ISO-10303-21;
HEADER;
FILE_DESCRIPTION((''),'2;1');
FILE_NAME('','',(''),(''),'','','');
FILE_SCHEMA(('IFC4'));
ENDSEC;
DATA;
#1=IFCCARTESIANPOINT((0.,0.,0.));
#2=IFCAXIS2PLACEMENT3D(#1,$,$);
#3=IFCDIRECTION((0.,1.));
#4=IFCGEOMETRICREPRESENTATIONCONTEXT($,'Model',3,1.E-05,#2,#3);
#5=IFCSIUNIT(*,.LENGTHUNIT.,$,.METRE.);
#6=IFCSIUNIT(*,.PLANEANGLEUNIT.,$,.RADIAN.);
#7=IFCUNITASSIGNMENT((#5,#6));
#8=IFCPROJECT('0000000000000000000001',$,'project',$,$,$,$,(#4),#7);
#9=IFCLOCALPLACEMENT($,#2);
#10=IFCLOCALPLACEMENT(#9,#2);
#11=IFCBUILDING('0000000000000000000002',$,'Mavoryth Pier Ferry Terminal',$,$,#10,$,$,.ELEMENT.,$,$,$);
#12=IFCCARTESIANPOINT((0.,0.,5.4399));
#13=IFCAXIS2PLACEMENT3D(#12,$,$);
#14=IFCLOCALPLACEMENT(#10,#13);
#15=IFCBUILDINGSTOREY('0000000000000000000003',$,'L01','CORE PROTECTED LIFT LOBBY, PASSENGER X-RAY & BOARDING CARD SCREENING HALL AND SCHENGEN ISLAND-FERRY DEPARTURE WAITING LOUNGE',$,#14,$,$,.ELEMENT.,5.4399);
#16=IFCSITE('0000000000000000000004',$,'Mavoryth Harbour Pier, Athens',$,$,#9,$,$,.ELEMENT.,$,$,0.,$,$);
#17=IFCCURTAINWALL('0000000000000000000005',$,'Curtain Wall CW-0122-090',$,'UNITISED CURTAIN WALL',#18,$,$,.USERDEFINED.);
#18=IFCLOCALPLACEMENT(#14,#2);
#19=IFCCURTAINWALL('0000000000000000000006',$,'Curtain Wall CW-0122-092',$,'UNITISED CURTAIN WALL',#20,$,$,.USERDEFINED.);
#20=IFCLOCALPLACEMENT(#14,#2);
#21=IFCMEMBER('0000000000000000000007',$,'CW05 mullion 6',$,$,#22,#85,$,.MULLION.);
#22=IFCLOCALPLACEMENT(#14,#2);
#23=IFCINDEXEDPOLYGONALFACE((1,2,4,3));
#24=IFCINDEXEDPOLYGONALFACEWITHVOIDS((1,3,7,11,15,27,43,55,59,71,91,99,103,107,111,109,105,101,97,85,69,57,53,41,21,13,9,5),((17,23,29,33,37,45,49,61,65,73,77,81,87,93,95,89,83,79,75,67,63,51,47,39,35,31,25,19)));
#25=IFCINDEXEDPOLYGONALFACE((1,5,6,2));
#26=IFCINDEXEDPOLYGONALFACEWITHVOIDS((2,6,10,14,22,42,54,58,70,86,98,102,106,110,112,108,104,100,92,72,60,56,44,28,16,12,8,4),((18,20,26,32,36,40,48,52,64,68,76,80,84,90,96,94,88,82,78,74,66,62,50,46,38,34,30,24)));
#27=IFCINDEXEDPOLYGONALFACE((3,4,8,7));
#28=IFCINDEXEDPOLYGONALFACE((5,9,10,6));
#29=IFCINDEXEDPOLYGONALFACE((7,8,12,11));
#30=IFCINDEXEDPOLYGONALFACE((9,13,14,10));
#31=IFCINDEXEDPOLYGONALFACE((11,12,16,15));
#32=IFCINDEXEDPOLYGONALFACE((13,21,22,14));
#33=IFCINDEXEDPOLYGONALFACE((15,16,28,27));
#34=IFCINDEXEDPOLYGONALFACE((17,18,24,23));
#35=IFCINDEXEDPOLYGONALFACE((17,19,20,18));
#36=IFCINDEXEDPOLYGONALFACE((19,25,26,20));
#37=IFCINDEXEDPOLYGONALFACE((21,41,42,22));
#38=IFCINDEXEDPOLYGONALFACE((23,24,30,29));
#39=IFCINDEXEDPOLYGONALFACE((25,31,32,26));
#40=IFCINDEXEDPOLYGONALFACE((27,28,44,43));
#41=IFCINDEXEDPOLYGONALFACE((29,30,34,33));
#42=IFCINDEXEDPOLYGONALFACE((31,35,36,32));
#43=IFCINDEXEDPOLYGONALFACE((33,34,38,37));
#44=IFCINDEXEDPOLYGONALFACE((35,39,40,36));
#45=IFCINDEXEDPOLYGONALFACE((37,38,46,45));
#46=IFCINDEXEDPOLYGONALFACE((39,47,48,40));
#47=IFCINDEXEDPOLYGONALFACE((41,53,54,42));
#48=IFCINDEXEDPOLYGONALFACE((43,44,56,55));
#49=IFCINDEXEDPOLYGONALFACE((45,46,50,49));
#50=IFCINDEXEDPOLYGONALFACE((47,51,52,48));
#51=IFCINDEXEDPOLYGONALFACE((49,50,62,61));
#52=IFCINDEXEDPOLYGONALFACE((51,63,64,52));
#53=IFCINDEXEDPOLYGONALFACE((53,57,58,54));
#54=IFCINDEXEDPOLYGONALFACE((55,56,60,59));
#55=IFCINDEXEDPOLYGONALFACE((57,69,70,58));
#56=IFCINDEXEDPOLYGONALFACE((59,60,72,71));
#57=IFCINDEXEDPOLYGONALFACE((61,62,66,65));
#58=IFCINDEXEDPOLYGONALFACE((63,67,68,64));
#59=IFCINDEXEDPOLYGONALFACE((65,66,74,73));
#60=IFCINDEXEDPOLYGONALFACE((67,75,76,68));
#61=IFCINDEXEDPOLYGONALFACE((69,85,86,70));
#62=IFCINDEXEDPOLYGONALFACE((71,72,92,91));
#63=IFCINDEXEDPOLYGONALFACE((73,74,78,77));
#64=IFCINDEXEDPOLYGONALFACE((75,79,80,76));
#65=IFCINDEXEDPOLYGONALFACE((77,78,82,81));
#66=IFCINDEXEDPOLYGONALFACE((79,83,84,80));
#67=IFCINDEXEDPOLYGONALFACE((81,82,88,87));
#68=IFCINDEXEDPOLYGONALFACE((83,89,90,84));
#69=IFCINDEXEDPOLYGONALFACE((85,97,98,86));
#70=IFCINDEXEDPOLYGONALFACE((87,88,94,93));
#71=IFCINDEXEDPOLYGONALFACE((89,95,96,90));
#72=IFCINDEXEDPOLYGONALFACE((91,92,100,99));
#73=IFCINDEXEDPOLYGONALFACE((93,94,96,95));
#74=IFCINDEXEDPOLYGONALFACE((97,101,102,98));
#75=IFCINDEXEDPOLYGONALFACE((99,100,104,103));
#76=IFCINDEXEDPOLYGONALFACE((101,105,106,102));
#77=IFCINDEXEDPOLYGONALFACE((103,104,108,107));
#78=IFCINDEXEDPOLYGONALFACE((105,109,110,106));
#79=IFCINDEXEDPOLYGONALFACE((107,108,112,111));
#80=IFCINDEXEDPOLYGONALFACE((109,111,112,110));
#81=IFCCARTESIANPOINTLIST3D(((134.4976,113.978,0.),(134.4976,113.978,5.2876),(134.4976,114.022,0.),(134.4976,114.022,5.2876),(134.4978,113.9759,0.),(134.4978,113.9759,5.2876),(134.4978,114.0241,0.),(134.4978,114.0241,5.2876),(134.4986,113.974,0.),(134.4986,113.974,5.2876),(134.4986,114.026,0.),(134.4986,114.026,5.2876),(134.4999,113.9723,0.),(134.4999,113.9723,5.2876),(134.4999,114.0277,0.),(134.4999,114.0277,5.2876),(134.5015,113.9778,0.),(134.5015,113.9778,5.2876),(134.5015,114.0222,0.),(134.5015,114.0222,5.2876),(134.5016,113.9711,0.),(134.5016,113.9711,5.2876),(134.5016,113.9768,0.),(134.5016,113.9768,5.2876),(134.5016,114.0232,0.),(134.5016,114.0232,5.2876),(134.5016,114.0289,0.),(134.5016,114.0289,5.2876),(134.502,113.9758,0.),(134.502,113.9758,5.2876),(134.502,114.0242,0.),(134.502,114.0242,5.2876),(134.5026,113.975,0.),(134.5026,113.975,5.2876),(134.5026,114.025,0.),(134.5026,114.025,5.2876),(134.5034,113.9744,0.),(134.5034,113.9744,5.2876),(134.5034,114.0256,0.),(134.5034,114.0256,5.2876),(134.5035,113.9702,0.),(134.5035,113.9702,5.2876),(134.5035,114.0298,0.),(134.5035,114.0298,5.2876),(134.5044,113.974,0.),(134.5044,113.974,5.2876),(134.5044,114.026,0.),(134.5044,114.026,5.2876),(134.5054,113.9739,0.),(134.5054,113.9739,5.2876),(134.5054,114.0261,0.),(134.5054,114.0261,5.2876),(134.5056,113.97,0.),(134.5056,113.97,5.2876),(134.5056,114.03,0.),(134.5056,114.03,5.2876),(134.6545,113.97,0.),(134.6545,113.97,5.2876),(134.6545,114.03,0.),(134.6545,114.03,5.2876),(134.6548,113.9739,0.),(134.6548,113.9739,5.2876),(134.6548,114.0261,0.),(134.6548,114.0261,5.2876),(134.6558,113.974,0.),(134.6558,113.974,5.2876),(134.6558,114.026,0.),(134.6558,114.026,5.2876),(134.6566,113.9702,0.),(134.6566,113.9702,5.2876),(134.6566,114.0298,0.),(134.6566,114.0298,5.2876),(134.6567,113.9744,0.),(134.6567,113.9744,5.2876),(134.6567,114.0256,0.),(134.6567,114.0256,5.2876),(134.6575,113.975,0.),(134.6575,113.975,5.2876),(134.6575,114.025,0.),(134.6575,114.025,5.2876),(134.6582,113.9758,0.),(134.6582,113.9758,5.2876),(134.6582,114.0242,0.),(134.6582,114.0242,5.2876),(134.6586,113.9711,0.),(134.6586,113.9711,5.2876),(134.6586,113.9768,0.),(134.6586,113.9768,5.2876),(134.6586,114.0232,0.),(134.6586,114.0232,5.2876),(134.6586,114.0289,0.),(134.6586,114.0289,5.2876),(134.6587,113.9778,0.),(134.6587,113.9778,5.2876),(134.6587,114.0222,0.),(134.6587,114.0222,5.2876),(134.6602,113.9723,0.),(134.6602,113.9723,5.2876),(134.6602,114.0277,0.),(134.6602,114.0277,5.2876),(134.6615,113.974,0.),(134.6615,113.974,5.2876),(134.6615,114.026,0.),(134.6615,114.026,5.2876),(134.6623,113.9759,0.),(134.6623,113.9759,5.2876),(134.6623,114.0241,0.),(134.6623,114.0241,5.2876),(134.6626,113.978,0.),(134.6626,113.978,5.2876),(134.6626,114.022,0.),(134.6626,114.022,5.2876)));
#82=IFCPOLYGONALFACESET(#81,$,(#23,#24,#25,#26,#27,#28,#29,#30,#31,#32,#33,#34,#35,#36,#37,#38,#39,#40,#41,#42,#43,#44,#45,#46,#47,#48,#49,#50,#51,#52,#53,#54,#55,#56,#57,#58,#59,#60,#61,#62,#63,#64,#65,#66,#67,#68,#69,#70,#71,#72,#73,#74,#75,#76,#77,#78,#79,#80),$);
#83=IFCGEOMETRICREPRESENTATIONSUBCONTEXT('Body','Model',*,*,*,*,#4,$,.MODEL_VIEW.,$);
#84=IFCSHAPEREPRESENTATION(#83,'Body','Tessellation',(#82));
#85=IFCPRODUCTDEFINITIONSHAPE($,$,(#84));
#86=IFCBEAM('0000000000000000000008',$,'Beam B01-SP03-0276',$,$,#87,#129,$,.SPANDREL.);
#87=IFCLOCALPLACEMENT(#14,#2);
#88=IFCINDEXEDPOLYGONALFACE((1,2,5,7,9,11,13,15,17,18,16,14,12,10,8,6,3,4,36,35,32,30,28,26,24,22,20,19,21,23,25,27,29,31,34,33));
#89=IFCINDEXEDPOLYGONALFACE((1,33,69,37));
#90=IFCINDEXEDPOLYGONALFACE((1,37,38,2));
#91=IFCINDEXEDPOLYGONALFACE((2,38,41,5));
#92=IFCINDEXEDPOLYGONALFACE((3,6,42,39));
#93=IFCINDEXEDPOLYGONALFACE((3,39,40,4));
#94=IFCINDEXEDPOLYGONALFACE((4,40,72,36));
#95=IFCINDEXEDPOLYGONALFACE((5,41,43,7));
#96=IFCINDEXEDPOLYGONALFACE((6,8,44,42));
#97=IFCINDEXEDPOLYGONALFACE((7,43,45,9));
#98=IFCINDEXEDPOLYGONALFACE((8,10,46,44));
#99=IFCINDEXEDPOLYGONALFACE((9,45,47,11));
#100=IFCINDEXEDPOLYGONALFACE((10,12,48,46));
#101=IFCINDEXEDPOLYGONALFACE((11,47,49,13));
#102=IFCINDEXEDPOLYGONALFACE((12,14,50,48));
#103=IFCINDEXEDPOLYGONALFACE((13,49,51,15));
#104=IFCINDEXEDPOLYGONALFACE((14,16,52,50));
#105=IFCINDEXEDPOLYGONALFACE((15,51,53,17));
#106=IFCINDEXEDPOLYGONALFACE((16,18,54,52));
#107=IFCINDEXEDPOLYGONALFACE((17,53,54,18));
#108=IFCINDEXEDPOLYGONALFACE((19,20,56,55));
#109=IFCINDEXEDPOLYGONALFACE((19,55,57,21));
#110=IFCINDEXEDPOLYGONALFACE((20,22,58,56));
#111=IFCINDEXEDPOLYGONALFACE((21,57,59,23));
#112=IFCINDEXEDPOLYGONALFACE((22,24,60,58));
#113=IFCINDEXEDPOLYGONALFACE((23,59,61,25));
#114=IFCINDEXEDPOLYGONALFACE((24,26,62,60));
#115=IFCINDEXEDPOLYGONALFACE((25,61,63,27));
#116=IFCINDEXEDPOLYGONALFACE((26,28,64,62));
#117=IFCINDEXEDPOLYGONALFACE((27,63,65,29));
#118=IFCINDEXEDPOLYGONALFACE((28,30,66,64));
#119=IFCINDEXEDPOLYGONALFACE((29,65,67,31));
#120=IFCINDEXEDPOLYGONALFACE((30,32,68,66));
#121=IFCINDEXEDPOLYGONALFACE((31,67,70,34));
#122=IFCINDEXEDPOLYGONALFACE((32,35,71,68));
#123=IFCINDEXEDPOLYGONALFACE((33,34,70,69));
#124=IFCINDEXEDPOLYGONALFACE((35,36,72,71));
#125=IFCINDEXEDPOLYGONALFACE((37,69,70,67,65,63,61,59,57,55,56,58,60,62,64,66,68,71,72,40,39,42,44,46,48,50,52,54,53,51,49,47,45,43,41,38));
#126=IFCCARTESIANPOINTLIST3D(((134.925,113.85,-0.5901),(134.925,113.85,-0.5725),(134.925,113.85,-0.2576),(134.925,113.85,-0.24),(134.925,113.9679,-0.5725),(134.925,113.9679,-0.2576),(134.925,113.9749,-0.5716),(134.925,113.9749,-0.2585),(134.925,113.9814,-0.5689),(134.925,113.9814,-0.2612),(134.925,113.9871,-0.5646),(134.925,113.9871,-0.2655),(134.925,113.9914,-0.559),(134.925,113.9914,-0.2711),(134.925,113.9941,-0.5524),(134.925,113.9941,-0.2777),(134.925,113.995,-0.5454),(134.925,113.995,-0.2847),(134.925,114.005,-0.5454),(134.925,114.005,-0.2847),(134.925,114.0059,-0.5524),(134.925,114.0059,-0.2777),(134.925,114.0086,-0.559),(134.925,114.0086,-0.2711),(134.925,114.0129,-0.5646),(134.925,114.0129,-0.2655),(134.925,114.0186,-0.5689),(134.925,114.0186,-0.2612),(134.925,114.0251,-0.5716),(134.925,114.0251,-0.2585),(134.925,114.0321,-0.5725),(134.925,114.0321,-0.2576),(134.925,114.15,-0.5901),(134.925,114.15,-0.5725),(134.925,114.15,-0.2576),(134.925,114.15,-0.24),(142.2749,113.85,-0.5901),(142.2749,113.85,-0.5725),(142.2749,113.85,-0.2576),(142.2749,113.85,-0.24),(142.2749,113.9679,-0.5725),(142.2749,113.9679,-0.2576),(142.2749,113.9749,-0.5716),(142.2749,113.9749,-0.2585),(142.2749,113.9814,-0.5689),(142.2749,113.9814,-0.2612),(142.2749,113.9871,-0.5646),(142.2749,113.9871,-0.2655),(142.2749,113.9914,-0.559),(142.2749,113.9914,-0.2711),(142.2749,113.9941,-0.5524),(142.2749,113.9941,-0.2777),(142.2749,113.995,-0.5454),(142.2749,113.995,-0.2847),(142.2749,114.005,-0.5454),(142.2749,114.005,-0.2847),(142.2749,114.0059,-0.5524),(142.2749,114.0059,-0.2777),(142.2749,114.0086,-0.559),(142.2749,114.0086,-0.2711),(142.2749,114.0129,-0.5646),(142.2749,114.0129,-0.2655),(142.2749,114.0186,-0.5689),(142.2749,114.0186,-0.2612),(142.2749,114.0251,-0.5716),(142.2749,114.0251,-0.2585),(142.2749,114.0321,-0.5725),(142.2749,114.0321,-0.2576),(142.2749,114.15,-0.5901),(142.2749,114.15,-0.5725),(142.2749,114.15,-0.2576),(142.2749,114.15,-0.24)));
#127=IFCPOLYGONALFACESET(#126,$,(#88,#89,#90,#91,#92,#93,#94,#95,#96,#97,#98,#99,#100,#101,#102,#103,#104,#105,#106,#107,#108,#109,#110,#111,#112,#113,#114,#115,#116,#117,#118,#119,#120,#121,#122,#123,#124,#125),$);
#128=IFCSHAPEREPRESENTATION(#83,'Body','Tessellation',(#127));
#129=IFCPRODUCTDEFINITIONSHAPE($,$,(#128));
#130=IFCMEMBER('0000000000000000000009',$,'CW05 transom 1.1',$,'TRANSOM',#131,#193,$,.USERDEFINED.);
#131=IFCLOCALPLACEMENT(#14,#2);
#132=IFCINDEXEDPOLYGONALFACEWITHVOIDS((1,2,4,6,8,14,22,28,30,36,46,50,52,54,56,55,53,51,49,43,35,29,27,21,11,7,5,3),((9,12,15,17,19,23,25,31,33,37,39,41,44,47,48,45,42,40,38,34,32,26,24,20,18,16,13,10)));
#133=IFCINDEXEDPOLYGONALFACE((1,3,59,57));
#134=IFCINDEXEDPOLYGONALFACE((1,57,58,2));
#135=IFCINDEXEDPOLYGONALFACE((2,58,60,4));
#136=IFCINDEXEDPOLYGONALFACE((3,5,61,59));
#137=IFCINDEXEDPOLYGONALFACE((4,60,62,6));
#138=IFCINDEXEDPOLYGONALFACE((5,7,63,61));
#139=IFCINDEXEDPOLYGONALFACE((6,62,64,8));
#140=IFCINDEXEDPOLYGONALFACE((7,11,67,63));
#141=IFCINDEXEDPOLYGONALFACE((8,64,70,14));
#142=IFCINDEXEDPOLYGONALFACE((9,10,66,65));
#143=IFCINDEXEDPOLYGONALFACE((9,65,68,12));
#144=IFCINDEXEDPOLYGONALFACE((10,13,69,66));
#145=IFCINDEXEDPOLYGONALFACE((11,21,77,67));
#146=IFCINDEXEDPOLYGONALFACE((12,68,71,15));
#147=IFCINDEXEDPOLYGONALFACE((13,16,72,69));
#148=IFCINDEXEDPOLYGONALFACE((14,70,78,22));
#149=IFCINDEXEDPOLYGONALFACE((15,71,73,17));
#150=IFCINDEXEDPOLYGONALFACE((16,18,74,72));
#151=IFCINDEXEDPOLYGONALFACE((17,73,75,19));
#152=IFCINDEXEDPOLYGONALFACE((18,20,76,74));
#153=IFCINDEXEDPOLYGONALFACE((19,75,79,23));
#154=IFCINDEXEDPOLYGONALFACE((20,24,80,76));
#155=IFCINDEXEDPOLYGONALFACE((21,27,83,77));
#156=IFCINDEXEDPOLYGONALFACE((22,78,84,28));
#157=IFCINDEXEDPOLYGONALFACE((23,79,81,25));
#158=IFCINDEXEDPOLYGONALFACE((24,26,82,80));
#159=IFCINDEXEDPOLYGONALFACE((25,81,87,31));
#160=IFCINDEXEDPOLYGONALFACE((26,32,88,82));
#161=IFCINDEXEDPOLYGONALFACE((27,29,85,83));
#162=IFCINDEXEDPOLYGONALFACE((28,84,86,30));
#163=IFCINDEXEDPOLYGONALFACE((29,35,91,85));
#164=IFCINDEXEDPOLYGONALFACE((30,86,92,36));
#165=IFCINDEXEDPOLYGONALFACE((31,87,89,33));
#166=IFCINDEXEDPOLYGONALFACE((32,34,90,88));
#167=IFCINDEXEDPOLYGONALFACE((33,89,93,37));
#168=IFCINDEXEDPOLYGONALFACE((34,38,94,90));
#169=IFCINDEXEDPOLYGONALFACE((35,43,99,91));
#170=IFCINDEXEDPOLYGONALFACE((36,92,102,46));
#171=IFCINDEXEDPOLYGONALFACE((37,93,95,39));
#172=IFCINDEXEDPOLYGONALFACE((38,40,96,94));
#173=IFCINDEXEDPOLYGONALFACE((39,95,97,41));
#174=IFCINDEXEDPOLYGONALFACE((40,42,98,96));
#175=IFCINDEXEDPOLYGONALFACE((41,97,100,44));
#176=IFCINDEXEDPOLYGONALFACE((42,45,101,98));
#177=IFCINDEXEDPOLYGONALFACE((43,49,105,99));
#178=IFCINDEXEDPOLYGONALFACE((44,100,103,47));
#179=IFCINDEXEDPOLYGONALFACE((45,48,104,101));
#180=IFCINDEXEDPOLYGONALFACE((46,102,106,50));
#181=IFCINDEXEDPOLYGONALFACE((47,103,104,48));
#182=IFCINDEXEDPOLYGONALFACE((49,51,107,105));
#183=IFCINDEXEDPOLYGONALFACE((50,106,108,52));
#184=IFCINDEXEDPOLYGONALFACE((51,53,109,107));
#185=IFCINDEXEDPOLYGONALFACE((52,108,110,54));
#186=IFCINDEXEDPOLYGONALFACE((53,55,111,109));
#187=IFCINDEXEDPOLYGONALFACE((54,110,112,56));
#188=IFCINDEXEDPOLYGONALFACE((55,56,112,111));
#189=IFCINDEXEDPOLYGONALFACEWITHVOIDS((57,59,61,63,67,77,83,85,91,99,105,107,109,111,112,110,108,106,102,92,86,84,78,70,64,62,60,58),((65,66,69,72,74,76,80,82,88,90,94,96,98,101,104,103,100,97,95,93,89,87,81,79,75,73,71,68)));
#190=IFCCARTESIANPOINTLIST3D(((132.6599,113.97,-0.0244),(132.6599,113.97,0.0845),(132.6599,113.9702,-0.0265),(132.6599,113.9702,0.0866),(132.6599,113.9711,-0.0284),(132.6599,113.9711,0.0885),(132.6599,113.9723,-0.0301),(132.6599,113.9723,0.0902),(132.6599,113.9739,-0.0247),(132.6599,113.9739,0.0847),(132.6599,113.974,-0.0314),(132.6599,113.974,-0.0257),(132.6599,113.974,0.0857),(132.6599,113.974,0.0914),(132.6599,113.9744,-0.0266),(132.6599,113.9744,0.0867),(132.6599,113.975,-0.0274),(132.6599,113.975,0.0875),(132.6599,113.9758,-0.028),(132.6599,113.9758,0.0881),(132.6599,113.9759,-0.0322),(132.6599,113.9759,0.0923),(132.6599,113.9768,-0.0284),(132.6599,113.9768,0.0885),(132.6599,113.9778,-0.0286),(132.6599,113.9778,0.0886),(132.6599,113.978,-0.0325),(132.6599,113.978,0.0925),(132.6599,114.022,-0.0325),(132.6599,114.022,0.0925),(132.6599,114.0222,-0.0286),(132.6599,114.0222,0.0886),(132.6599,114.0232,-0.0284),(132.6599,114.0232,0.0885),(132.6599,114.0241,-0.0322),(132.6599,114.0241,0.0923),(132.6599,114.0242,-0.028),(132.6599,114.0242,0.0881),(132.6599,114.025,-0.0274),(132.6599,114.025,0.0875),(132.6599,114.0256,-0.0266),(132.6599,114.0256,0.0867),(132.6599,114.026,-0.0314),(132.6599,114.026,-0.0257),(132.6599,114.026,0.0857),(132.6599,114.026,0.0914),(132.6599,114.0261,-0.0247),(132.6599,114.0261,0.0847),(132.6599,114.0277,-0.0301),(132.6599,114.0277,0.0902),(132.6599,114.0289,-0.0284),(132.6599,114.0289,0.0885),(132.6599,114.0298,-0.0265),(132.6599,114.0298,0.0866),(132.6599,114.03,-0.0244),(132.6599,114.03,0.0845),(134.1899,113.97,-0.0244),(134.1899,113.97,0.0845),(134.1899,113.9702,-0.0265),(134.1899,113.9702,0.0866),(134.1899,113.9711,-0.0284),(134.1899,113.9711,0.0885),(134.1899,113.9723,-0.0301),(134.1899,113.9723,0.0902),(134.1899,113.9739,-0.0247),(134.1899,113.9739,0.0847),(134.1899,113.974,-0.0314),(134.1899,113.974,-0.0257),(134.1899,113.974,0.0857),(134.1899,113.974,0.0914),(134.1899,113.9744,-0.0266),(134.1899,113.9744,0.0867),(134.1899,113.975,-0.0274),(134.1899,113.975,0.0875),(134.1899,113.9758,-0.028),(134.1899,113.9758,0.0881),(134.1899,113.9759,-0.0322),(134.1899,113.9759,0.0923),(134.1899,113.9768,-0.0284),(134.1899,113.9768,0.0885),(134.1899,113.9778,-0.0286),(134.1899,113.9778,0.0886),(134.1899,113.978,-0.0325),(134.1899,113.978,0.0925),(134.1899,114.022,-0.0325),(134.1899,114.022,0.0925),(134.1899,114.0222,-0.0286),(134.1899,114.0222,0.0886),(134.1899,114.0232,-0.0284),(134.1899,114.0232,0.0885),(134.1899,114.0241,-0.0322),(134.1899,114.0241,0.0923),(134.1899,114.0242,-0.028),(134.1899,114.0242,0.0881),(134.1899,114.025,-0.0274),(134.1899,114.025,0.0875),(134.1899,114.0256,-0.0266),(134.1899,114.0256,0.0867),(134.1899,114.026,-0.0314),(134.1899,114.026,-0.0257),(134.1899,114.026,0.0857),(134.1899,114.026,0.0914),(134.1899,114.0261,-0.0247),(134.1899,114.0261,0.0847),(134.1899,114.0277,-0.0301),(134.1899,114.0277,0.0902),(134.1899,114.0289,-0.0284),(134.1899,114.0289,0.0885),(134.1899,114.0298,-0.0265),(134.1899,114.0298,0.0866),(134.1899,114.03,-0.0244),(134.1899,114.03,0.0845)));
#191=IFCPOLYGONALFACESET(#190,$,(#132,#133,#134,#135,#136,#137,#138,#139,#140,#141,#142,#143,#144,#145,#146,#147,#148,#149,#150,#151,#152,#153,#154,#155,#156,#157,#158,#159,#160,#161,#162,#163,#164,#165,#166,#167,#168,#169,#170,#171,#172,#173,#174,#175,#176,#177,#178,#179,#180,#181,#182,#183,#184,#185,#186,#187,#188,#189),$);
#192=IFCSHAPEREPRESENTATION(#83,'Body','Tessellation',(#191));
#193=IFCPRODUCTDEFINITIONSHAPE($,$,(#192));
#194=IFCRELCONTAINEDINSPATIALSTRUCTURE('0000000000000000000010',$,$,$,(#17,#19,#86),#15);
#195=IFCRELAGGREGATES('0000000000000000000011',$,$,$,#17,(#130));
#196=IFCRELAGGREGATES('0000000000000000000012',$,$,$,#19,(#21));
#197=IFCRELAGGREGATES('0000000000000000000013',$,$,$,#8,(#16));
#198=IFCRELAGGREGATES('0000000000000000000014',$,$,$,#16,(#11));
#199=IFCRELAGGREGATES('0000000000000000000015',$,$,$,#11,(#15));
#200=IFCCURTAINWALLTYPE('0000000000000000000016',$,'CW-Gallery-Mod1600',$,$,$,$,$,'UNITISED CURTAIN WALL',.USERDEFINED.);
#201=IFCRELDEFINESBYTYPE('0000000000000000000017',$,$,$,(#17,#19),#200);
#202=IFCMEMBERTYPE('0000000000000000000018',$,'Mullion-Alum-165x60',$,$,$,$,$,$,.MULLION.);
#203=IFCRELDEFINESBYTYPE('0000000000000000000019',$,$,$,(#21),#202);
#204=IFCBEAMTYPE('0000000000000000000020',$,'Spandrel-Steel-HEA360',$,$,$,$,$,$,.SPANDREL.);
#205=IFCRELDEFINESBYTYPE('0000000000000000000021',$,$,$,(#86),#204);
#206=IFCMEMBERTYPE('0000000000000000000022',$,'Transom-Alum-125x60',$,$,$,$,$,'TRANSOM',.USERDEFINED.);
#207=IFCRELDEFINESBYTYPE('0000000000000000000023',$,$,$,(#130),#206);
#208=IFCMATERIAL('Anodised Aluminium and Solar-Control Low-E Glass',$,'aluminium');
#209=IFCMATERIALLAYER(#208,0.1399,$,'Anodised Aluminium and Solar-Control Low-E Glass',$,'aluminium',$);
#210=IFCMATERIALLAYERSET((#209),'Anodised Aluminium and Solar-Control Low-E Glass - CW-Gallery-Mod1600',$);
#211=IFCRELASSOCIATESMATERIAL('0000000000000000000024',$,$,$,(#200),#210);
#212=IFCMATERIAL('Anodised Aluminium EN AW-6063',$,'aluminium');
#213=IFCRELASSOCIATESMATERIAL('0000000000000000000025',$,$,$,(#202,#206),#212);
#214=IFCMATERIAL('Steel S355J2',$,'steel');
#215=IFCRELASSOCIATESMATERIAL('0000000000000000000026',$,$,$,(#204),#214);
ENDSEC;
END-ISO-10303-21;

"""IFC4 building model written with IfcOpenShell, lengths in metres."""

from ifc_helpers import new_model, si_unit, direction, frame, origin, origin_2d, place, context, subcontext, project, spatial, hollow_rectangle, i_section, extrude, material, layer, layer_set, material_profile, profile_set, type_object, element, aggregate, save


model = new_model("IFC4")

# Units and contexts
model_context = context("Model", 3, precision=1e-05, world=origin(), true_north=direction((0.0, 1.0)))
body_context = subcontext(model_context, "Body", "Model", "MODEL_VIEW")
ifc_project = project(units=[si_unit("LENGTHUNIT", "METRE"), si_unit("PLANEANGLEUNIT", "RADIAN")], contexts=[model_context])

# Site, building, storey
site_placement = place(None, origin())
site = spatial("IfcSite", under=ifc_project, at=site_placement, Name="Mavoryth Harbour Pier, Athens", CompositionType="ELEMENT", RefElevation=0.0)
building_placement = place(site_placement, origin())
building = spatial("IfcBuilding", under=site, at=building_placement, Name="Mavoryth Pier Ferry Terminal", CompositionType="ELEMENT")
storey_placement = place(building_placement, frame((0.0, 0.0, 5.4399)))
storey = spatial("IfcBuildingStorey", under=building, at=storey_placement, Name="L01", Description="CORE PROTECTED LIFT LOBBY, PASSENGER X-RAY & BOARDING CARD SCREENING HALL AND SCHENGEN ISLAND-FERRY DEPARTURE WAITING LOUNGE", CompositionType="ELEMENT", Elevation=5.4399)

# Shared definitions
ifc_material_1 = material(Name="Steel S355J2", Category="steel")

# Curtain walls, member
ifc_material_2 = material(Name="Anodised Aluminium and Solar-Control Low-E Glass", Category="aluminium")
ifc_layer_1 = layer(ifc_material_2, 0.1399, Name="Anodised Aluminium and Solar-Control Low-E Glass", Category="aluminium")
ifc_layer_set_1 = layer_set([ifc_layer_1], Name="Anodised Aluminium and Solar-Control Low-E Glass - CW-Gallery-Mod1600")
curtain_wall_type = type_object("IfcCurtainWallType", Name="CW-Gallery-Mod1600", ElementType="UNITISED CURTAIN WALL", PredefinedType="USERDEFINED", material=ifc_layer_set_1)
curtain_wall_1_placement = place(storey_placement, origin())
curtain_wall_1 = element("IfcCurtainWall", 1, at=curtain_wall_1_placement, inside=storey, type_object=curtain_wall_type, Name="Curtain Wall CW-0122-090", ObjectType="UNITISED CURTAIN WALL", PredefinedType="USERDEFINED")
ifc_material_3 = material(Name="Anodised Aluminium EN AW-6063", Category="aluminium")
ifc_material_profile_1 = material_profile(ifc_material_3, hollow_rectangle(XDim=0.0601, YDim=0.165, WallThickness=0.0039, InnerFilletRadius=0.0039, OuterFilletRadius=0.0081, at=origin_2d()), Name="AL-MULL 165x60x4", Category="aluminium")
ifc_profile_set_1 = profile_set([ifc_material_profile_1], Name="Anodised Aluminium EN AW-6063 - AL-MULL 165x60x4")
member_type_1 = type_object("IfcMemberType", Name="Mullion-Alum-165x60", PredefinedType="MULLION", material=ifc_profile_set_1)
curtain_wall_2_placement = place(storey_placement, origin())
curtain_wall_2 = element("IfcCurtainWall", 2, at=curtain_wall_2_placement, inside=storey, type_object=curtain_wall_type, Name="Curtain Wall CW-0122-092", ObjectType="UNITISED CURTAIN WALL", PredefinedType="USERDEFINED")
member_1_placement = place(storey_placement, frame((134.5801, 114.0, 0.0), z_axis=(0.0, 0.0, 1.0), x_axis=(0.0, -1.0, 0.0)))
member_1 = element("IfcMember", 3, at=member_1_placement, type_object=member_type_1, Name="CW05 mullion 6", PredefinedType="MULLION", context=body_context, shape_type="SweptSolid", body=[
    extrude(hollow_rectangle(XDim=0.0601, YDim=0.165, WallThickness=0.0039, InnerFilletRadius=0.0039, OuterFilletRadius=0.0081, at=origin_2d()), origin(), (0.0, 0.0, 1.0), 5.2876),
])

# Beam
ifc_material_profile_2 = material_profile(ifc_material_1, i_section(OverallWidth=0.3, OverallDepth=0.3501, WebThickness=0.01, FlangeThickness=0.0176, FilletRadius=0.0271, at=origin_2d()), Name="HEA 360", Category="steel")
ifc_profile_set_2 = profile_set([ifc_material_profile_2], Name="Steel S355J2 - HEA 360")
beam_type = type_object("IfcBeamType", Name="Spandrel-Steel-HEA360", PredefinedType="SPANDREL", material=ifc_profile_set_2)
beam_placement = place(storey_placement, frame((134.925, 114.0, -0.415), z_axis=(1.0, 0.0, 0.0), x_axis=(0.0, 1.0, 0.0)))
element("IfcBeam", 4, at=beam_placement, inside=storey, type_object=beam_type, Name="Beam B01-SP03-0276", PredefinedType="SPANDREL", context=body_context, shape_type="SweptSolid", body=[
    extrude(i_section(OverallWidth=0.3, OverallDepth=0.3501, WebThickness=0.01, FlangeThickness=0.0176, FilletRadius=0.0271, at=origin_2d()), origin(), (0.0, 0.0, 1.0), 7.3499),
])

# Member
ifc_material_profile_3 = material_profile(ifc_material_3, hollow_rectangle(XDim=0.0601, YDim=0.125, WallThickness=0.0039, InnerFilletRadius=0.0039, OuterFilletRadius=0.0081, at=origin_2d()), Name="AL-TRAN 125x60x4", Category="aluminium")
ifc_profile_set_3 = profile_set([ifc_material_profile_3], Name="Anodised Aluminium EN AW-6063 - AL-TRAN 125x60x4")
member_type_2 = type_object("IfcMemberType", Name="Transom-Alum-125x60", ElementType="TRANSOM", PredefinedType="USERDEFINED", material=ifc_profile_set_3)
member_2_placement = place(storey_placement, frame((134.1899, 114.0, 0.03), z_axis=(-1.0, 0.0, 0.0), x_axis=(0.0, -1.0, 0.0)))
member_2 = element("IfcMember", 5, at=member_2_placement, type_object=member_type_2, Name="CW05 transom 1.1", ObjectType="TRANSOM", PredefinedType="USERDEFINED", context=body_context, shape_type="SweptSolid", body=[
    extrude(hollow_rectangle(XDim=0.0601, YDim=0.125, WallThickness=0.0039, InnerFilletRadius=0.0039, OuterFilletRadius=0.0081, at=origin_2d()), origin(), (0.0, 0.0, 1.0), 1.53),
])

aggregate(curtain_wall_1, [member_2])
aggregate(curtain_wall_2, [member_1])

save(model, "model.ifc")
